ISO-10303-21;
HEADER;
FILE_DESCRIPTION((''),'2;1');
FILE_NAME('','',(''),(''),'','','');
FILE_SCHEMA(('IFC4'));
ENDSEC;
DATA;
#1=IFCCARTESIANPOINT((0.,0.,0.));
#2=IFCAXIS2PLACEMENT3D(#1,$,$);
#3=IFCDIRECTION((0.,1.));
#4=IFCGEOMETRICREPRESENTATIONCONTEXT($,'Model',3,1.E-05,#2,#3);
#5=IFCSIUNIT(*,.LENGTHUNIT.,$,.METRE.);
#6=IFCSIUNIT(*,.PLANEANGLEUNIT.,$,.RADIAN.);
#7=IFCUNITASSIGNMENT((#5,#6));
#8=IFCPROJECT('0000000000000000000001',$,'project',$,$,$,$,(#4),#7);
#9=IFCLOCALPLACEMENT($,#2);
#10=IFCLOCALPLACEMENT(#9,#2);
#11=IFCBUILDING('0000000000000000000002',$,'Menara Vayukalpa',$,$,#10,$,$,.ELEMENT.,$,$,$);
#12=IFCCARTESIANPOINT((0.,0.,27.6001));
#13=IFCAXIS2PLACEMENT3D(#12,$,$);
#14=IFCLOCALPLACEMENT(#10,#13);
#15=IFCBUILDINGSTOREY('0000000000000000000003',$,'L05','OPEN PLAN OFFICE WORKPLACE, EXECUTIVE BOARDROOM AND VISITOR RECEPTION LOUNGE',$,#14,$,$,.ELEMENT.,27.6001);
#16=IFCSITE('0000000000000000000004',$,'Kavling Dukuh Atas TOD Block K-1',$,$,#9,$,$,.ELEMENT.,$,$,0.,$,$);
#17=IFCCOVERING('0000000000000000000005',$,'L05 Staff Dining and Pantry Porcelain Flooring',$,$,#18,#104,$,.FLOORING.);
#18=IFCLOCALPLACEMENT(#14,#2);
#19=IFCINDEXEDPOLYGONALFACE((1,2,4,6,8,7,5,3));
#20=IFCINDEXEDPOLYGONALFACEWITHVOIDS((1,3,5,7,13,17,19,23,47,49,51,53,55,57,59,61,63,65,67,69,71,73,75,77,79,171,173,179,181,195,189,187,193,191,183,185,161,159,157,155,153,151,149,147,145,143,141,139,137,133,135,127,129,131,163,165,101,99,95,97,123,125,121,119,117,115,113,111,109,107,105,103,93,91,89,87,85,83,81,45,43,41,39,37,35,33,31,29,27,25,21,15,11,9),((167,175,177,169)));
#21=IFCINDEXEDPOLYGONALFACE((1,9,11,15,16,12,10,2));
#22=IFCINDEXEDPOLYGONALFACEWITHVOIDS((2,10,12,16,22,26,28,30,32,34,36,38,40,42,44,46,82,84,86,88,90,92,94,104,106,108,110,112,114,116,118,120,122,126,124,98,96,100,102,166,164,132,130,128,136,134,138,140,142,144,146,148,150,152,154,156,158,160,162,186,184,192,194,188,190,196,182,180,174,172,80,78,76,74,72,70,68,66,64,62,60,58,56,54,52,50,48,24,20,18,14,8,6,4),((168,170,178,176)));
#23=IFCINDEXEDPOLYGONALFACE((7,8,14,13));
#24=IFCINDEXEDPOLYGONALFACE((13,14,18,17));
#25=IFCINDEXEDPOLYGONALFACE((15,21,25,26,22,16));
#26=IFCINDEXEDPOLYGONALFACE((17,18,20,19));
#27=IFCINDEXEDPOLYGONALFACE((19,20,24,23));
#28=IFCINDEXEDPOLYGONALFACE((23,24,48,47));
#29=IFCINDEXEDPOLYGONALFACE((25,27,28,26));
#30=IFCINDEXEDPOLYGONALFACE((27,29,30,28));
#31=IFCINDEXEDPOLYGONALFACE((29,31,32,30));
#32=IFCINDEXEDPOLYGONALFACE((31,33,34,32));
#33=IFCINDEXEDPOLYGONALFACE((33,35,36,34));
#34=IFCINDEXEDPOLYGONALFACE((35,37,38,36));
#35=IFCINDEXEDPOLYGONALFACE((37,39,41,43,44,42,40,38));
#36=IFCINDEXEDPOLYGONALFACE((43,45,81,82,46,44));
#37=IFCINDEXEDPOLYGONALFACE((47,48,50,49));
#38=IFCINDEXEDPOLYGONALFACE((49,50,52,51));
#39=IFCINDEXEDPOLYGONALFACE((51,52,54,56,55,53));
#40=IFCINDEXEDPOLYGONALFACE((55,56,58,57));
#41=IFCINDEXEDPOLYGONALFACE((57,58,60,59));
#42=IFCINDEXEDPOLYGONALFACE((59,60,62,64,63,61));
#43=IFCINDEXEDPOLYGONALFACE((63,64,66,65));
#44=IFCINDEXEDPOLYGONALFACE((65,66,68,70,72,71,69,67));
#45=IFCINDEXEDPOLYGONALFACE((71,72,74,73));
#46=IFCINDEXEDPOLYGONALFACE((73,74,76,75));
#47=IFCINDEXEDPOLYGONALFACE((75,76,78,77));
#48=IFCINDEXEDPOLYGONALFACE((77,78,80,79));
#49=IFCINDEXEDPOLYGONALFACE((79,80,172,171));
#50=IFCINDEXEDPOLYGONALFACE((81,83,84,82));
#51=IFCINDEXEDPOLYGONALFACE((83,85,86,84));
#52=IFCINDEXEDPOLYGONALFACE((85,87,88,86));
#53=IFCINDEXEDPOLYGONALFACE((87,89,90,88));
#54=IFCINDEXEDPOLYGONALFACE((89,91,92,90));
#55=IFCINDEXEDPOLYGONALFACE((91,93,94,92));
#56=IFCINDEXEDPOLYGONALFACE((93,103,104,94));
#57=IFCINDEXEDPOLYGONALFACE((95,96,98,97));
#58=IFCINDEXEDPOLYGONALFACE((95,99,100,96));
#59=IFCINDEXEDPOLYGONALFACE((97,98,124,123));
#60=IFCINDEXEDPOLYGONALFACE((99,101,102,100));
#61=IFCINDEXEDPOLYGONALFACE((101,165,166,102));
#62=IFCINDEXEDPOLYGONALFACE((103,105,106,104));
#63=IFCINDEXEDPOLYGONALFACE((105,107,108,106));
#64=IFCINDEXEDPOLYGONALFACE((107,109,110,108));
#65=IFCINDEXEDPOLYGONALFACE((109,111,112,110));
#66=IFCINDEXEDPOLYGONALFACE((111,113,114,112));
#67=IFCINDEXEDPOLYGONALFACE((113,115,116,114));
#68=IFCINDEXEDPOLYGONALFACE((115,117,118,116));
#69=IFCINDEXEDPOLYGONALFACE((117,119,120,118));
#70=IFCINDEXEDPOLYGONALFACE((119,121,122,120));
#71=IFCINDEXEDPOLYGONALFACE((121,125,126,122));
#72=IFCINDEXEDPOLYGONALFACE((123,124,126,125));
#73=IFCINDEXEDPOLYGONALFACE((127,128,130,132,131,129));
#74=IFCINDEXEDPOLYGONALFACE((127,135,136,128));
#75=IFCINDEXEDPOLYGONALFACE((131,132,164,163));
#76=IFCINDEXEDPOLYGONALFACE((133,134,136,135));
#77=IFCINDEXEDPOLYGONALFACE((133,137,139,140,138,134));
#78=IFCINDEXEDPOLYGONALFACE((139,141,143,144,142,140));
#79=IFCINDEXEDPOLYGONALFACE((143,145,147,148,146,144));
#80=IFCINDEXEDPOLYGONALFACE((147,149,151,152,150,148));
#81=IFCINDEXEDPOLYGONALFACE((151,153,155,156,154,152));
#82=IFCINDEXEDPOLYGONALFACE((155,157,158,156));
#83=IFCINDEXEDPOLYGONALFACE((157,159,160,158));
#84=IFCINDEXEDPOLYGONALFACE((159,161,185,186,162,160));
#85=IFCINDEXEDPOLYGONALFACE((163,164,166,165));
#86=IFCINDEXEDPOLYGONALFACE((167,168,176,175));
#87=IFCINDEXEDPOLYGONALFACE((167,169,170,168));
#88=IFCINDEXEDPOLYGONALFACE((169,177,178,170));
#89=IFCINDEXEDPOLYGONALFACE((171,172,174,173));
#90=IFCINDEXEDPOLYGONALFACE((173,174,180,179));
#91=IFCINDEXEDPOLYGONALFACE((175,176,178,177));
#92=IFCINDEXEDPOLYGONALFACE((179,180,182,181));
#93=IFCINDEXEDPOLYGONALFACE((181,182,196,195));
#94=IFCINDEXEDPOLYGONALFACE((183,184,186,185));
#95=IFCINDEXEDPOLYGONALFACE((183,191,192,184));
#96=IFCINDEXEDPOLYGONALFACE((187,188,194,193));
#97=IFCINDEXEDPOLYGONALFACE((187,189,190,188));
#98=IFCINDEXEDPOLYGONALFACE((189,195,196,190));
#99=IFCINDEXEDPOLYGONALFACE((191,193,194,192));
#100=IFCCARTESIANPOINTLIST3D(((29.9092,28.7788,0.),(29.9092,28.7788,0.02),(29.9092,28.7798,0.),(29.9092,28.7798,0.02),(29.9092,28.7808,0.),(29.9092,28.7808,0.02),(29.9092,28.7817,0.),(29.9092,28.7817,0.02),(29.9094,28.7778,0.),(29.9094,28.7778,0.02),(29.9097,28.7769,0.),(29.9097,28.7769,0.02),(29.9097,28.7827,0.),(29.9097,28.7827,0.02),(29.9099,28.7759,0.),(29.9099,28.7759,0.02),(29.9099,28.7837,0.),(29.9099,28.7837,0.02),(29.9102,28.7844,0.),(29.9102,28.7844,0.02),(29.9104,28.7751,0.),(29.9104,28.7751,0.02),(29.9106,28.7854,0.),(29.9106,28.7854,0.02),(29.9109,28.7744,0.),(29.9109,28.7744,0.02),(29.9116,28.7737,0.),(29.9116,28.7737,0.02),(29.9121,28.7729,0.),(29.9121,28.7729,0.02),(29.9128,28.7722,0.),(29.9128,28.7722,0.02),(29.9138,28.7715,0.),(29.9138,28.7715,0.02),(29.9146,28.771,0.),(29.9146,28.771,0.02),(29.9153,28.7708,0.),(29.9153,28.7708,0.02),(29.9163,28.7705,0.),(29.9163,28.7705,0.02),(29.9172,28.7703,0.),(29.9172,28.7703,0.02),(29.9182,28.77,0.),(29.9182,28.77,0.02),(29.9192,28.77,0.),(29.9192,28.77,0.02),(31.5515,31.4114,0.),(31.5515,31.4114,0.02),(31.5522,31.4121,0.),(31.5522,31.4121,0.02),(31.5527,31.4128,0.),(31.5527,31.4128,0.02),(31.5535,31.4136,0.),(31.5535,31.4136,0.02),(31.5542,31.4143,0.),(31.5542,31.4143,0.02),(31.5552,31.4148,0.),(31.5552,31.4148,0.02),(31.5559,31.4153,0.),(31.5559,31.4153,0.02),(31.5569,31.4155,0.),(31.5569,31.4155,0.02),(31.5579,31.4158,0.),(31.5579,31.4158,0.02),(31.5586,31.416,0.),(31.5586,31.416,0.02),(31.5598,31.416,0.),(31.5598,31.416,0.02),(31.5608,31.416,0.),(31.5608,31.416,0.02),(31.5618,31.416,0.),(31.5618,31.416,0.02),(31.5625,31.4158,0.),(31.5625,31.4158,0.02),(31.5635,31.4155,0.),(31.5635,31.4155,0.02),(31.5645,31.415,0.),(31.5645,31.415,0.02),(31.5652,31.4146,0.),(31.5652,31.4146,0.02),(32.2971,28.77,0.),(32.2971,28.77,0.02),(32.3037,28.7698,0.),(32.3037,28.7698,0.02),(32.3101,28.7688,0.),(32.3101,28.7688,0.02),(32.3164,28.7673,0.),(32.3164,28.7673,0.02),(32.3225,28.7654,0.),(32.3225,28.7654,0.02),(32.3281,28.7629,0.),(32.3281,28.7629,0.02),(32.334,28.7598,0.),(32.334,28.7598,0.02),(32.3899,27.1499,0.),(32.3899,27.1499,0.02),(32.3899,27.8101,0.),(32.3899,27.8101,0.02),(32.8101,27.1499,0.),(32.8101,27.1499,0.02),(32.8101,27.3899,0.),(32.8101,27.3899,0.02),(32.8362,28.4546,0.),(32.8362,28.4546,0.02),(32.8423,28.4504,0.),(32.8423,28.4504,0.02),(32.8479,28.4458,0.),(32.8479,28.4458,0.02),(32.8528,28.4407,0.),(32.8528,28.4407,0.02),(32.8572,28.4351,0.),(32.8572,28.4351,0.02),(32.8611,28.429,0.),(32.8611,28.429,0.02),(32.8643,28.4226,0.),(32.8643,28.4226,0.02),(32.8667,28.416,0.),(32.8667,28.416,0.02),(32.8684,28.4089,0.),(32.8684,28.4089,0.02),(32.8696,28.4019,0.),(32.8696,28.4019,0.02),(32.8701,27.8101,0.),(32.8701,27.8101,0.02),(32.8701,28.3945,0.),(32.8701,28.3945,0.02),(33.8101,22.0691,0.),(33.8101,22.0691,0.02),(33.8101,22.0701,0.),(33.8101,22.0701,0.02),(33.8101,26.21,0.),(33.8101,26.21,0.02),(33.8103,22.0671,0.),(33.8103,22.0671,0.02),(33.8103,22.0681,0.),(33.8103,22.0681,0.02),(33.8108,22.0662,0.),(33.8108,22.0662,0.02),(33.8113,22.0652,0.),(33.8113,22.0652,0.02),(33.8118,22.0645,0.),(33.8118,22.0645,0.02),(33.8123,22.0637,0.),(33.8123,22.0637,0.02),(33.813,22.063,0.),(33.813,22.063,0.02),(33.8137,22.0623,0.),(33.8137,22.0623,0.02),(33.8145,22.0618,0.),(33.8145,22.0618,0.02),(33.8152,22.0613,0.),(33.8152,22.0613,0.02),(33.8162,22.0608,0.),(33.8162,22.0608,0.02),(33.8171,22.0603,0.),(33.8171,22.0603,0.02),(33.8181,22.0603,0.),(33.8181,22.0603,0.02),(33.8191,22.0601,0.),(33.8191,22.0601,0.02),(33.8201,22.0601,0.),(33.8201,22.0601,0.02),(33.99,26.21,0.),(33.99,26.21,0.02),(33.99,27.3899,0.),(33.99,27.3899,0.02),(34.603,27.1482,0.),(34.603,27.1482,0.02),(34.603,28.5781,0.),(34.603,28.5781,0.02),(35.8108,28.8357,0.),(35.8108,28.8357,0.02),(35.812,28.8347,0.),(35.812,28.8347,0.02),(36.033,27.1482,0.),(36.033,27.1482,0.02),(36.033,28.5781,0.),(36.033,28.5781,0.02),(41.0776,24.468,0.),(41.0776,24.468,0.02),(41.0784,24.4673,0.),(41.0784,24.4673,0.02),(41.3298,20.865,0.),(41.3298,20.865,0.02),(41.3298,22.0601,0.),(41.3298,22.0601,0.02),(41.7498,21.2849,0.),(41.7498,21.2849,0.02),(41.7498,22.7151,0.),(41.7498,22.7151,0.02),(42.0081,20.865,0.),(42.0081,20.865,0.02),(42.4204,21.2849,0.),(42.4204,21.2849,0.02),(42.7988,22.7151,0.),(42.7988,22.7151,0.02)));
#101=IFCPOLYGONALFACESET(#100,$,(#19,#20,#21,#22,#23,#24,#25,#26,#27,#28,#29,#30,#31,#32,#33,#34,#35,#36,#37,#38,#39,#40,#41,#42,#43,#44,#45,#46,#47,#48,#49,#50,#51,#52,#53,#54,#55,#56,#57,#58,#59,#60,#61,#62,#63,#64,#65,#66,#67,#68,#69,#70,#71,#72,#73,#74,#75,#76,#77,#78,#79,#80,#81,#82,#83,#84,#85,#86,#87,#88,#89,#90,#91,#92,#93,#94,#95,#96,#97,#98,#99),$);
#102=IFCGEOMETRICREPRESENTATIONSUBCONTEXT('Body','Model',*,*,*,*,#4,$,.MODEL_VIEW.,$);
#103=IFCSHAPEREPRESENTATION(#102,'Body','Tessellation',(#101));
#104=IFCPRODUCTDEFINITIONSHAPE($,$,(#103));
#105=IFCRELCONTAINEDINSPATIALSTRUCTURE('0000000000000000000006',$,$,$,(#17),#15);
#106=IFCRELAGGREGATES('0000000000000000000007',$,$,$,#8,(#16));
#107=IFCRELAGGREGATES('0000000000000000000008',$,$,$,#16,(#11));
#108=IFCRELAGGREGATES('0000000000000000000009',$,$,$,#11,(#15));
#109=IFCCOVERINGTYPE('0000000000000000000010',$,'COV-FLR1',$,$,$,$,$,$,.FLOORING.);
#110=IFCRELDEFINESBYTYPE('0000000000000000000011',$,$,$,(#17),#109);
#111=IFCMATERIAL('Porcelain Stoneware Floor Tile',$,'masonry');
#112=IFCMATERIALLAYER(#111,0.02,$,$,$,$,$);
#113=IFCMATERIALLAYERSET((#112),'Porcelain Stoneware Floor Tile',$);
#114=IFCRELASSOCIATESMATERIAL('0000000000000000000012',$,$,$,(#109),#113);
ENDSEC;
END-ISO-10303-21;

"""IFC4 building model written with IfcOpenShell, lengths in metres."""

from ifc_helpers import new_model, si_unit, direction, frame, origin, place, context, subcontext, project, spatial, polyline, outline, extrude, material, layer, layer_set, type_object, element, save


model = new_model("IFC4")

# Units and contexts
model_context = context("Model", 3, precision=1e-05, world=origin(), true_north=direction((0.0, 1.0)))
body_context = subcontext(model_context, "Body", "Model", "MODEL_VIEW")
ifc_project = project(units=[si_unit("LENGTHUNIT", "METRE"), si_unit("PLANEANGLEUNIT", "RADIAN")], contexts=[model_context])

# Site, building, storey
site_placement = place(None, origin())
site = spatial("IfcSite", under=ifc_project, at=site_placement, Name="Kavling Dukuh Atas TOD Block K-1", CompositionType="ELEMENT", RefElevation=0.0)
building_placement = place(site_placement, origin())
building = spatial("IfcBuilding", under=site, at=building_placement, Name="Menara Vayukalpa", CompositionType="ELEMENT")
storey_placement = place(building_placement, frame((0.0, 0.0, 27.6001)))
storey = spatial("IfcBuildingStorey", under=building, at=storey_placement, Name="L05", Description="OPEN PLAN OFFICE WORKPLACE, EXECUTIVE BOARDROOM AND VISITOR RECEPTION LOUNGE", CompositionType="ELEMENT", Elevation=27.6001)

# Covering
ifc_material_1 = material(Name="Porcelain Stoneware Floor Tile", Category="masonry")
ifc_layer_1 = layer(ifc_material_1, 0.02)
ifc_layer_set_1 = layer_set([ifc_layer_1], Name="Porcelain Stoneware Floor Tile")
covering_type_1 = type_object("IfcCoveringType", Name="COV-FLR1", PredefinedType="FLOORING", material=ifc_layer_set_1)
covering_1_placement = place(storey_placement, origin())
element("IfcCovering", 1, at=covering_1_placement, inside=storey, type_object=covering_type_1, Name="L05 Staff Dining and Pantry Porcelain Flooring", PredefinedType="FLOORING", context=body_context, shape_type="SweptSolid", body=[
    extrude(outline(polyline([(33.8191, 22.0601), (33.8181, 22.0603), (33.8171, 22.0603), (33.8162, 22.0608), (33.8152, 22.0613), (33.8145, 22.0618), (33.8137, 22.0623), (33.813, 22.063), (33.8123, 22.0637), (33.8118, 22.0645), (33.8113, 22.0652), (33.8108, 22.0662), (33.8103, 22.0671), (33.8103, 22.0681), (33.8101, 22.0691), (33.8101, 22.0701), (33.8101, 26.21), (33.99, 26.21), (33.99, 27.3899), (32.8101, 27.3899), (32.8101, 27.1499), (32.3899, 27.1499), (32.3899, 27.8101), (32.8701, 27.8101), (32.8701, 28.3945), (32.8696, 28.4019), (32.8684, 28.4089), (32.8667, 28.416), (32.8643, 28.4226), (32.8611, 28.429), (32.8572, 28.4351), (32.8528, 28.4407), (32.8479, 28.4458), (32.8423, 28.4504), (32.8362, 28.4546), (32.334, 28.7598), (32.3281, 28.7629), (32.3225, 28.7654), (32.3164, 28.7673), (32.3101, 28.7688), (32.3037, 28.7698), (32.2971, 28.77), (29.9192, 28.77), (29.9182, 28.77), (29.9172, 28.7703), (29.9163, 28.7705), (29.9153, 28.7708), (29.9146, 28.771), (29.9138, 28.7715), (29.9128, 28.7722), (29.9121, 28.7729), (29.9116, 28.7737), (29.9109, 28.7744), (29.9104, 28.7751), (29.9099, 28.7759), (29.9097, 28.7769), (29.9094, 28.7778), (29.9092, 28.7788), (29.9092, 28.7798), (29.9092, 28.7808), (29.9092, 28.7817), (29.9097, 28.7827), (29.9099, 28.7837), (29.9102, 28.7844), (29.9106, 28.7854), (31.5515, 31.4114), (31.5522, 31.4121), (31.5527, 31.4128), (31.5535, 31.4136), (31.5542, 31.4143), (31.5552, 31.4148), (31.5559, 31.4153), (31.5569, 31.4155), (31.5579, 31.4158), (31.5586, 31.416), (31.5598, 31.416), (31.5608, 31.416), (31.5618, 31.416), (31.5625, 31.4158), (31.5635, 31.4155), (31.5645, 31.415), (31.5652, 31.4146), (35.8108, 28.8357), (35.812, 28.8347), (41.0776, 24.468), (41.0784, 24.4673), (42.7988, 22.7151), (41.7498, 22.7151), (41.7498, 21.2849), (42.4204, 21.2849), (42.0081, 20.865), (41.3298, 20.865), (41.3298, 22.0601), (33.8201, 22.0601), (33.8191, 22.0601)]), holes=[polyline([(36.033, 27.1482), (36.033, 28.5781), (34.603, 28.5781), (34.603, 27.1482), (36.033, 27.1482)])]), origin(), (0.0, 0.0, 1.0), 0.02),
])

save(model, "model.ifc")
